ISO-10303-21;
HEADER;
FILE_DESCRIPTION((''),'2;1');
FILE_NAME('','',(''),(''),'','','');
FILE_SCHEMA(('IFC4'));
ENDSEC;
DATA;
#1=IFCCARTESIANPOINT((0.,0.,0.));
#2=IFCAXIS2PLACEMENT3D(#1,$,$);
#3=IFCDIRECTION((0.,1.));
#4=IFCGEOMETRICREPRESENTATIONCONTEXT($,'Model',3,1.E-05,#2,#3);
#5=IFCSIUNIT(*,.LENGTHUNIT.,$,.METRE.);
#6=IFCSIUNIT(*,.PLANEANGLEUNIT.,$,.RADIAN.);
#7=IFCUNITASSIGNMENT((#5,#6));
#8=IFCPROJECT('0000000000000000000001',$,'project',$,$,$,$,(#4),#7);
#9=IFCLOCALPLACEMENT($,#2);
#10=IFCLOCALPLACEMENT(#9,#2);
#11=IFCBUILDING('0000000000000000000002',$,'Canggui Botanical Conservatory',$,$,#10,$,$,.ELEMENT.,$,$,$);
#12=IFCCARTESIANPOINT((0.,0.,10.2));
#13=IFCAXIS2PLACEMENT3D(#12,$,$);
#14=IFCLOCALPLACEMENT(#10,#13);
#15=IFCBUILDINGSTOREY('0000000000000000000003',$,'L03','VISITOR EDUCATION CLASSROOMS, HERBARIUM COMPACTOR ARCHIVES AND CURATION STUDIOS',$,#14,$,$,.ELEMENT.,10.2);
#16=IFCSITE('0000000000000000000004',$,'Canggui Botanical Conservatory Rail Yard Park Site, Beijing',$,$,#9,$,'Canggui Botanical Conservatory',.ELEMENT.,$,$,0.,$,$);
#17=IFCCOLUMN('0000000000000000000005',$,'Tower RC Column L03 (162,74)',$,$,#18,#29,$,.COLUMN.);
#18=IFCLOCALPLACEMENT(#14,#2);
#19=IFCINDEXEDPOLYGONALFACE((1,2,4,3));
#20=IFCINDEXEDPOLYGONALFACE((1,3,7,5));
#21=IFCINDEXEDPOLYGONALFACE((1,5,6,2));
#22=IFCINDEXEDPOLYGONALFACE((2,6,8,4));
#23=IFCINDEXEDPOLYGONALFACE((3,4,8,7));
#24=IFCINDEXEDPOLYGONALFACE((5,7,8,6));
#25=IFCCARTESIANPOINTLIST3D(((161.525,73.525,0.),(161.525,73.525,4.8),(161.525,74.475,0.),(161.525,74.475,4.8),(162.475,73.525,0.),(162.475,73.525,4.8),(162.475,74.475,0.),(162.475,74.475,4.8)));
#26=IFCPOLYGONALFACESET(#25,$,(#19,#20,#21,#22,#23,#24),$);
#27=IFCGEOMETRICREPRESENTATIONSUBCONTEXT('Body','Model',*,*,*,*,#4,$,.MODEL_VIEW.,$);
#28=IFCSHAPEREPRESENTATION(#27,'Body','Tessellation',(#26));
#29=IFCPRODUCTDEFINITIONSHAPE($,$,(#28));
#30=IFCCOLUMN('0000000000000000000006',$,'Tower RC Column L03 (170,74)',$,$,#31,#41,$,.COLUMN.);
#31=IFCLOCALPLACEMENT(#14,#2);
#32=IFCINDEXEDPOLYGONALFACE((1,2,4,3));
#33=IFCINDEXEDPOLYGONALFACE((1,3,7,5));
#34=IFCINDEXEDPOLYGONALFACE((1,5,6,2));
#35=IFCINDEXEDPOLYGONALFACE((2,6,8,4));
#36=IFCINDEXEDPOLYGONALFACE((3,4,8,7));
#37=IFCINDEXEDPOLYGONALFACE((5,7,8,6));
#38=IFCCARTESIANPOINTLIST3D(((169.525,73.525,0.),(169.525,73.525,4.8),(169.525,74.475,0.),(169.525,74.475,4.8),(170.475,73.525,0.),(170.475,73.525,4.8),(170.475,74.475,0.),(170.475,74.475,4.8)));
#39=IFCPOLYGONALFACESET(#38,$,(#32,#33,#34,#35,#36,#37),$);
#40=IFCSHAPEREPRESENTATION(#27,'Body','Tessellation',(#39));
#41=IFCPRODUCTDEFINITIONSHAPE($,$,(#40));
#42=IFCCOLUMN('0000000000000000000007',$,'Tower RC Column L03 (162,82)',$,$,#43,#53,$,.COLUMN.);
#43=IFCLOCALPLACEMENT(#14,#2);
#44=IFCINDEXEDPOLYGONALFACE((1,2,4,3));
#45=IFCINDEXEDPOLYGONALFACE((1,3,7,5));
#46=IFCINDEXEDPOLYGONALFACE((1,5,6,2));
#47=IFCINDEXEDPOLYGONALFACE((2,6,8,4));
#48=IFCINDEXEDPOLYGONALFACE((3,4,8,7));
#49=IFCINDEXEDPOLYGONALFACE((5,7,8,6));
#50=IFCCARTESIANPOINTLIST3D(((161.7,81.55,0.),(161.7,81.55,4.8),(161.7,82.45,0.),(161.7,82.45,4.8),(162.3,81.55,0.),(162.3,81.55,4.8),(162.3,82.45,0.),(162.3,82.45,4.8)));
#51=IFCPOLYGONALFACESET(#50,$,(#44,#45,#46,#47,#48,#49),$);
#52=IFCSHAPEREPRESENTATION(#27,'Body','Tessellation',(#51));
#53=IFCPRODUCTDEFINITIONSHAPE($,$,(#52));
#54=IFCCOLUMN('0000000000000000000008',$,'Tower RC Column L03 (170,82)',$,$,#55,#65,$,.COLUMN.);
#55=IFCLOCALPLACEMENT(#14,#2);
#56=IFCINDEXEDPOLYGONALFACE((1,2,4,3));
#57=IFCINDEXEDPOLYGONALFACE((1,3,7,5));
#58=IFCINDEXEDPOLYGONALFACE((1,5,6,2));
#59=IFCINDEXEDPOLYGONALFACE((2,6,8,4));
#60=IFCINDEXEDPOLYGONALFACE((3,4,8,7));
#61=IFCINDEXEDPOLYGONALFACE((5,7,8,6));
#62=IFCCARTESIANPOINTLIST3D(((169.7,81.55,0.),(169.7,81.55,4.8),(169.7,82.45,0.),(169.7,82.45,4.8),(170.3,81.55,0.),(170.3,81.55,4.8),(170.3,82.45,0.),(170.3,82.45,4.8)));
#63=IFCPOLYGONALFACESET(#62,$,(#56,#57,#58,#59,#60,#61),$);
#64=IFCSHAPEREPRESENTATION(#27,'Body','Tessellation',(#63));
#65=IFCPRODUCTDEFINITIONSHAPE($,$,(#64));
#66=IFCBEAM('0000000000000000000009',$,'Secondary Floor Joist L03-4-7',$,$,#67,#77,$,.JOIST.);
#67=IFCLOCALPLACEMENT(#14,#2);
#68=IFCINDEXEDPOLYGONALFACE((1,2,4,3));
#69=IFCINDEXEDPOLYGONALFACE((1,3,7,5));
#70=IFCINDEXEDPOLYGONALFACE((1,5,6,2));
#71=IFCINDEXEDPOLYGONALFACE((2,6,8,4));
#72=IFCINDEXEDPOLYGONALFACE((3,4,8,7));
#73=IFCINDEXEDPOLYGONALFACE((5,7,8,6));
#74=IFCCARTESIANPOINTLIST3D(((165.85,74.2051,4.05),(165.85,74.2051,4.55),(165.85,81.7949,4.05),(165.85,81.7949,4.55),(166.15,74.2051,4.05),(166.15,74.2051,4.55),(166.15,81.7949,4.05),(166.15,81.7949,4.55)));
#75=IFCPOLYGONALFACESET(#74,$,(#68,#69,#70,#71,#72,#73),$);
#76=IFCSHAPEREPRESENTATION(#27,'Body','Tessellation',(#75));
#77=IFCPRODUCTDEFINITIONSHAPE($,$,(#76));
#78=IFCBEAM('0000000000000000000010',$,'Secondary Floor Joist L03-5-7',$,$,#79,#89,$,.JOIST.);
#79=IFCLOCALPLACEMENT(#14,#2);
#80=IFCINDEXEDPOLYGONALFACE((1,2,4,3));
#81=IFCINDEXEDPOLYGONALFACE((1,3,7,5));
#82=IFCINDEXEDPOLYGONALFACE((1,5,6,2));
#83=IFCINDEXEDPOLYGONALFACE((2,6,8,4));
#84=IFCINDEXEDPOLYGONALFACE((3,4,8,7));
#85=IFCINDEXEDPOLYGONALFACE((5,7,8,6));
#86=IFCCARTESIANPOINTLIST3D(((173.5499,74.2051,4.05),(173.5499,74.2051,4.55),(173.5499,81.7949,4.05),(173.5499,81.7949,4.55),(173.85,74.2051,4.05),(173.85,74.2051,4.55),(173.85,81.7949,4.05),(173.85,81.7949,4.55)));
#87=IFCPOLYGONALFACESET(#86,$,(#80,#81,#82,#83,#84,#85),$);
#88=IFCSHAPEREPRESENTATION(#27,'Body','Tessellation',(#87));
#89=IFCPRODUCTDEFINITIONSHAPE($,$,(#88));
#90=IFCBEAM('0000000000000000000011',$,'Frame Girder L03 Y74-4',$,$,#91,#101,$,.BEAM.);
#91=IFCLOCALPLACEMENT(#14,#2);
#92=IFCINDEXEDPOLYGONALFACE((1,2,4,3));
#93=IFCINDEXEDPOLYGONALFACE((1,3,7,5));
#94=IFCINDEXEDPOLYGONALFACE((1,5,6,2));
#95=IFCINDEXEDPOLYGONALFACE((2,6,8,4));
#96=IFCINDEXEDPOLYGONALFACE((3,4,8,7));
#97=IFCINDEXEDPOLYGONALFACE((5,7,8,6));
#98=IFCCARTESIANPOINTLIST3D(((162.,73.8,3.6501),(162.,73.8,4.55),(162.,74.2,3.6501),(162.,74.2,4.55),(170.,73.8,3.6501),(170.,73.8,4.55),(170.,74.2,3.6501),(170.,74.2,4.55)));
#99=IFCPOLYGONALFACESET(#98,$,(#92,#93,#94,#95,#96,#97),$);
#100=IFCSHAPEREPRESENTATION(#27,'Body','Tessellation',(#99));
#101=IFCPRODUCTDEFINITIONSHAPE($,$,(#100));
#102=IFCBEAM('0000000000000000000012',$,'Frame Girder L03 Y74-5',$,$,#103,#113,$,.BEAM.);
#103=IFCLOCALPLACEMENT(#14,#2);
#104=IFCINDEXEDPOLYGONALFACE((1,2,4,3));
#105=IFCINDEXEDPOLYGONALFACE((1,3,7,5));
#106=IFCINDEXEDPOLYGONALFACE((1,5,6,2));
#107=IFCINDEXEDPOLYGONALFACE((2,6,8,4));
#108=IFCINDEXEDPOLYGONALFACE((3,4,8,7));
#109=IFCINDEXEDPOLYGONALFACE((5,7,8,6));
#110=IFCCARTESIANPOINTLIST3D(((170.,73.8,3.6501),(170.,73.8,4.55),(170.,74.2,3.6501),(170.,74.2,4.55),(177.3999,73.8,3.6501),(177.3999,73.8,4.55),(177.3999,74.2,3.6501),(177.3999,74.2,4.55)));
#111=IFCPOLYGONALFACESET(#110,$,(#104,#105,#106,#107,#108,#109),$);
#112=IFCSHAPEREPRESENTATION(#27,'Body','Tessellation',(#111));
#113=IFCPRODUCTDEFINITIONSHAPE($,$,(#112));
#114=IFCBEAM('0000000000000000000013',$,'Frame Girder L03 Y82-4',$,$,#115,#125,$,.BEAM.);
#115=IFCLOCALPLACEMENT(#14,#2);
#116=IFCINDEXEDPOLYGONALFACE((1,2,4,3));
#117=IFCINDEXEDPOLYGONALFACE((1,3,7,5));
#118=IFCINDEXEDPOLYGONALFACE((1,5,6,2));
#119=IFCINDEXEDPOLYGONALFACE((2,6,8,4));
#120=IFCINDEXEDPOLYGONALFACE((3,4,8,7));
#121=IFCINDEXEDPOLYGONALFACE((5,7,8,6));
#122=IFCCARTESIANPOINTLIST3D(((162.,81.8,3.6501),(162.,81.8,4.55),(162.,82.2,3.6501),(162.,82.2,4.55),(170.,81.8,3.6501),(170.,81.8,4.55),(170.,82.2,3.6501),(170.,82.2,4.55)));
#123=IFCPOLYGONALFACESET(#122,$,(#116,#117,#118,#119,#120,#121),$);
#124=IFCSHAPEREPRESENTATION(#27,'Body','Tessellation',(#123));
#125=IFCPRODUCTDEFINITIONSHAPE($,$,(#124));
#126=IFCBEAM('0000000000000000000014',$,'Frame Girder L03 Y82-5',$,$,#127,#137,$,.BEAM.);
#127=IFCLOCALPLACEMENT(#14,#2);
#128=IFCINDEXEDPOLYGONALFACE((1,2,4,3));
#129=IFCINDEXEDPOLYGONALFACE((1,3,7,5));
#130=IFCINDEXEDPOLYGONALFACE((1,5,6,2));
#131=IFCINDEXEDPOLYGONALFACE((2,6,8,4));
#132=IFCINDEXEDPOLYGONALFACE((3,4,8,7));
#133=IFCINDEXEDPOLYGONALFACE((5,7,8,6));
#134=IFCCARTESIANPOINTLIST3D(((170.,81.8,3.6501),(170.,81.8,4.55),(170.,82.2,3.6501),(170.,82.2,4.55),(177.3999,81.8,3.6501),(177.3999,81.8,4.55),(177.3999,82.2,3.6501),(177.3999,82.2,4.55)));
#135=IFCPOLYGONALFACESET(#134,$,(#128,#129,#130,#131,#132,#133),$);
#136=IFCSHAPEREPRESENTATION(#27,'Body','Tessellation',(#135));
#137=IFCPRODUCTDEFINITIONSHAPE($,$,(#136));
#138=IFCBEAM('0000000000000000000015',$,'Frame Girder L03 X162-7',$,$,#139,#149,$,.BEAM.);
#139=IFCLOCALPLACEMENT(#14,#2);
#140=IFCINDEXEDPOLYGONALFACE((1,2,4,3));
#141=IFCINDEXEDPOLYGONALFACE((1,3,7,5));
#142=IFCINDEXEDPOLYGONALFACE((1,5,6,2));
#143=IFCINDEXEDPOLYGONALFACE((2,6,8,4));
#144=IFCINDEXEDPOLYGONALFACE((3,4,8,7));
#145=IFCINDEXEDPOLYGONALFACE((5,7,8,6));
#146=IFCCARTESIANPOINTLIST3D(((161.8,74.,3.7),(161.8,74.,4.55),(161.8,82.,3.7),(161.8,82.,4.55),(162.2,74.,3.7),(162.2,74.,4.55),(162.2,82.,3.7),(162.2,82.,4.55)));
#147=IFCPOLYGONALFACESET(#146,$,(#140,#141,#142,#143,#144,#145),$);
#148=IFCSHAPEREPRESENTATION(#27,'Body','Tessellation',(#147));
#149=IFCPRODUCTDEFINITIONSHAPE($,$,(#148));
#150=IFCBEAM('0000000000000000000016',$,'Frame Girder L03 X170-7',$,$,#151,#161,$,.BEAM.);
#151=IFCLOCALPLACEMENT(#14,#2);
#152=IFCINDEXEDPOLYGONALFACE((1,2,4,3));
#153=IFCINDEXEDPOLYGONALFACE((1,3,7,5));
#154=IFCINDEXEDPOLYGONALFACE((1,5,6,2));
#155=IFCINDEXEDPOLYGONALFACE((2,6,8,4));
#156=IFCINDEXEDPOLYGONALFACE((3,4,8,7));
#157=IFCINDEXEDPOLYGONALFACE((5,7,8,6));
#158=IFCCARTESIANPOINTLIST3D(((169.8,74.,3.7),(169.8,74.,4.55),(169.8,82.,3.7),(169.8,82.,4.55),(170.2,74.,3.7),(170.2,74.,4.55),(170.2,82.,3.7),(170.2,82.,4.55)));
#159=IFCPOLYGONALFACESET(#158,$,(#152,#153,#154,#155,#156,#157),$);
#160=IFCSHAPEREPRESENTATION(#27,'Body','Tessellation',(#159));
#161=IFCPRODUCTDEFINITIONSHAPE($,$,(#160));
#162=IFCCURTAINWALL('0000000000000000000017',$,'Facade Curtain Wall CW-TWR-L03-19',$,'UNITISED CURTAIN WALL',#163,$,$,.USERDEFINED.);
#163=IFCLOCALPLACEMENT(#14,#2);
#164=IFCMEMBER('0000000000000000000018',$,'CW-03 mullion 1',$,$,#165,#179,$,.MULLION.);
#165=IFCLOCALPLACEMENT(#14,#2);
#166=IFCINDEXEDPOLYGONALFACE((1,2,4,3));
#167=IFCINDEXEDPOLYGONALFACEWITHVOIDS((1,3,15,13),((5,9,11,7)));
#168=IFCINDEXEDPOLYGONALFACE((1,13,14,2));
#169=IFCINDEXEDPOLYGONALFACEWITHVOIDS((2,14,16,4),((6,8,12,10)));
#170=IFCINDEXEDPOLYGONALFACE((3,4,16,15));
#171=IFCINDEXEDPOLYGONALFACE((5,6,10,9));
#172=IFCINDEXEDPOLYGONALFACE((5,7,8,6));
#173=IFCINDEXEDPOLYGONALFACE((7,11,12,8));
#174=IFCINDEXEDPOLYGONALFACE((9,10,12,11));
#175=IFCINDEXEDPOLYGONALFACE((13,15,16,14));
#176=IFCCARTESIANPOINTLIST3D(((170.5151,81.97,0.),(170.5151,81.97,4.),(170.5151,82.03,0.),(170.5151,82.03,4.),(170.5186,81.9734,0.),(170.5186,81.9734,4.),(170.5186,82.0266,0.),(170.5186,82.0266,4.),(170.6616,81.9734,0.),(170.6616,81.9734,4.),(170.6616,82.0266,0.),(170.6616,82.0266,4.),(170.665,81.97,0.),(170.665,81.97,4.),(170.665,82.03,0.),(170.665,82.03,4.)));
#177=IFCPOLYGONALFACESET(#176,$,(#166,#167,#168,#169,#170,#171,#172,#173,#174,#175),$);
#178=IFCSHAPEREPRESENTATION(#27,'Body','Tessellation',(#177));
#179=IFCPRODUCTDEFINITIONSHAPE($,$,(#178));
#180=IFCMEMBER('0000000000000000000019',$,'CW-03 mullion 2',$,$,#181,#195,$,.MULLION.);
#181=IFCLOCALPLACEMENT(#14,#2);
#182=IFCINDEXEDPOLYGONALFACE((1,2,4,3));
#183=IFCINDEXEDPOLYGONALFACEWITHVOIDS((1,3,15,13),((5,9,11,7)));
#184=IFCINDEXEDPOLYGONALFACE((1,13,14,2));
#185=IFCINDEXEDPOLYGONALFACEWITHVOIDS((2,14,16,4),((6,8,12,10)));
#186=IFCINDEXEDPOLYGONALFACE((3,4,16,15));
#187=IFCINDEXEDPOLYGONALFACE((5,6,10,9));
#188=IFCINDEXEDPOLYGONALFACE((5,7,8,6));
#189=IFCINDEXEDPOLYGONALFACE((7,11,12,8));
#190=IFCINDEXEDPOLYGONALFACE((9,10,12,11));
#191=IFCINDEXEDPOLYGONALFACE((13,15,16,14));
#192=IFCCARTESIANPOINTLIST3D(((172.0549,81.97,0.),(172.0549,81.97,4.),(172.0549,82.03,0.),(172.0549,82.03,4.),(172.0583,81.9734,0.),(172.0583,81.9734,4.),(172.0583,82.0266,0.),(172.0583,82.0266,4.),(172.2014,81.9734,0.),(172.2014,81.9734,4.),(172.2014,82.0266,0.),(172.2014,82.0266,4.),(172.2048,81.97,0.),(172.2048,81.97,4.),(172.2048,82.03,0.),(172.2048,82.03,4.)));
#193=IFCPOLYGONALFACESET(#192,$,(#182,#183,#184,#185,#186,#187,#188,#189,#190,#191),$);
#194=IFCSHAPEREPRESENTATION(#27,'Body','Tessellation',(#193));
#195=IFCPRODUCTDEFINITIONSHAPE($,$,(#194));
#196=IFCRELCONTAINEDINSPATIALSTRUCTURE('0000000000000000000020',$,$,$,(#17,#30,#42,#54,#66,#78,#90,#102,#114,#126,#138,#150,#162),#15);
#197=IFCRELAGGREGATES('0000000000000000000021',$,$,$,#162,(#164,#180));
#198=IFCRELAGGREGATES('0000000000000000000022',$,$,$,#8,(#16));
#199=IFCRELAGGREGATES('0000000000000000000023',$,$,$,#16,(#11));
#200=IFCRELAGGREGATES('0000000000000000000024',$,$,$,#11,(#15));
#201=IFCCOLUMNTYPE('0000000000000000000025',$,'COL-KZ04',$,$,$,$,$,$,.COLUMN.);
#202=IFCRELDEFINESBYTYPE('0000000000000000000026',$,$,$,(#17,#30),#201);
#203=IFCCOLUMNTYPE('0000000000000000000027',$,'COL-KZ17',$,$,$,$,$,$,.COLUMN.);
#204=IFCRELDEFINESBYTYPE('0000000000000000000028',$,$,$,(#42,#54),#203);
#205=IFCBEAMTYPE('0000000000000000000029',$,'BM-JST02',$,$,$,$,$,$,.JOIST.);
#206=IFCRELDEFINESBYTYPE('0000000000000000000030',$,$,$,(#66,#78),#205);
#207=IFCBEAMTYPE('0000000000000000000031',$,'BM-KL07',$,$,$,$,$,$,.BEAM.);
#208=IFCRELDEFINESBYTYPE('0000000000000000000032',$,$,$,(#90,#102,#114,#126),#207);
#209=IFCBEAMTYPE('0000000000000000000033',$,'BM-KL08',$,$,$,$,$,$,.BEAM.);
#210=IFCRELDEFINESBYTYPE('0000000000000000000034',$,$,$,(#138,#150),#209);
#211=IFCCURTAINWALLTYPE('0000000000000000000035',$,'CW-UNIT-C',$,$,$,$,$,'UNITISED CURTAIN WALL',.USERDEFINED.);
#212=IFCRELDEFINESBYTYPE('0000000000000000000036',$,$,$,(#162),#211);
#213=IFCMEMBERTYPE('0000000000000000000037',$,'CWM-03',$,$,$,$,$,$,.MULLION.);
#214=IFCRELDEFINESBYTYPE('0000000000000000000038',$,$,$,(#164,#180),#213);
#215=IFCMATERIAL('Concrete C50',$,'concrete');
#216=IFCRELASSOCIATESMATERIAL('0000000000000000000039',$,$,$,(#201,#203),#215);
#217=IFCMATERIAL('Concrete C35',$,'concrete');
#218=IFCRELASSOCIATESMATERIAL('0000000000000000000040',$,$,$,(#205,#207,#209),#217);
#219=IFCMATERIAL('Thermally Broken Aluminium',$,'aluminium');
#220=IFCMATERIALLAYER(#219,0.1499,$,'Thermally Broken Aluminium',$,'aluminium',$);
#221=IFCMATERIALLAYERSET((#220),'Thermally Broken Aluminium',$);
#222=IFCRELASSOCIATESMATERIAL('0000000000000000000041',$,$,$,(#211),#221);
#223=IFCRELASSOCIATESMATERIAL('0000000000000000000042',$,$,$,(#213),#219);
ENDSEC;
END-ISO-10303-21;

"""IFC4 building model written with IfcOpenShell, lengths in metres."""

from ifc_helpers import new_model, si_unit, direction, frame, origin, origin_2d, place, context, subcontext, project, spatial, rectangle, hollow_rectangle, extrude, material, layer, layer_set, material_profile, profile_set, type_object, element, aggregate, save


model = new_model("IFC4")

# Units and contexts
model_context = context("Model", 3, precision=1e-05, world=origin(), true_north=direction((0.0, 1.0)))
body_context = subcontext(model_context, "Body", "Model", "MODEL_VIEW")
ifc_project = project(units=[si_unit("LENGTHUNIT", "METRE"), si_unit("PLANEANGLEUNIT", "RADIAN")], contexts=[model_context])

# Site, building, storey
site_placement = place(None, origin())
site = spatial("IfcSite", under=ifc_project, at=site_placement, Name="Canggui Botanical Conservatory Rail Yard Park Site, Beijing", LongName="Canggui Botanical Conservatory", CompositionType="ELEMENT", RefElevation=0.0)
building_placement = place(site_placement, origin())
building = spatial("IfcBuilding", under=site, at=building_placement, Name="Canggui Botanical Conservatory", CompositionType="ELEMENT")
storey_placement = place(building_placement, frame((0.0, 0.0, 10.2)))
storey = spatial("IfcBuildingStorey", under=building, at=storey_placement, Name="L03", Description="VISITOR EDUCATION CLASSROOMS, HERBARIUM COMPACTOR ARCHIVES AND CURATION STUDIOS", CompositionType="ELEMENT", Elevation=10.2)

# Columns
ifc_material_1 = material(Name="Concrete C50", Category="concrete")
ifc_material_profile_1 = material_profile(ifc_material_1, rectangle(XDim=0.95, YDim=0.95, at=origin_2d()), Name="RC 950x950")
ifc_profile_set_1 = profile_set([ifc_material_profile_1], Name="Concrete C50")
column_type_1 = type_object("IfcColumnType", Name="COL-KZ04", PredefinedType="COLUMN", material=ifc_profile_set_1)
for number, where, z_axis, x_axis, name in (
    (1, (162.0, 74.0, 0.0), (0.0, 0.0, 1.0), (1.0, 0.0, 0.0), "Tower RC Column L03 (162,74)"),
    (2, (170.0, 74.0, 0.0), (0.0, 0.0, 1.0), (1.0, 0.0, 0.0), "Tower RC Column L03 (170,74)"),
):
    element("IfcColumn", number, at=place(storey_placement, frame(where, z_axis=z_axis, x_axis=x_axis)), inside=storey, type_object=column_type_1, Name=name, PredefinedType="COLUMN", context=body_context, shape_type="SweptSolid", body=[
        extrude(rectangle(XDim=0.95, YDim=0.95, at=origin_2d()), origin(), (0.0, 0.0, 1.0), 4.8),
    ])
ifc_material_profile_2 = material_profile(ifc_material_1, rectangle(XDim=0.6001, YDim=0.8999, at=origin_2d()), Name="RC 600x900")
ifc_profile_set_2 = profile_set([ifc_material_profile_2], Name="Concrete C50")
column_type_2 = type_object("IfcColumnType", Name="COL-KZ17", PredefinedType="COLUMN", material=ifc_profile_set_2)
for number, where, z_axis, x_axis, name in (
    (3, (162.0, 82.0, 0.0), (0.0, 0.0, 1.0), (1.0, 0.0, 0.0), "Tower RC Column L03 (162,82)"),
    (4, (170.0, 82.0, 0.0), (0.0, 0.0, 1.0), (1.0, 0.0, 0.0), "Tower RC Column L03 (170,82)"),
):
    element("IfcColumn", number, at=place(storey_placement, frame(where, z_axis=z_axis, x_axis=x_axis)), inside=storey, type_object=column_type_2, Name=name, PredefinedType="COLUMN", context=body_context, shape_type="SweptSolid", body=[
        extrude(rectangle(XDim=0.6001, YDim=0.8999, at=origin_2d()), origin(), (0.0, 0.0, 1.0), 4.8),
    ])

# Beams
ifc_material_2 = material(Name="Concrete C35", Category="concrete")
ifc_material_profile_3 = material_profile(ifc_material_2, rectangle(XDim=0.3, YDim=0.5, at=origin_2d()), Name="RB 300x500")
ifc_profile_set_3 = profile_set([ifc_material_profile_3], Name="Concrete C35")
beam_type_1 = type_object("IfcBeamType", Name="BM-JST02", PredefinedType="JOIST", material=ifc_profile_set_3)
for number, where, z_axis, x_axis, name in (
    (5, (166.0, 74.2051, 4.3), (0.0, 1.0, 0.0), (-1.0, 0.0, 0.0), "Secondary Floor Joist L03-4-7"),
    (6, (173.7, 74.2051, 4.3), (0.0, 1.0, 0.0), (-1.0, 0.0, 0.0), "Secondary Floor Joist L03-5-7"),
):
    element("IfcBeam", number, at=place(storey_placement, frame(where, z_axis=z_axis, x_axis=x_axis)), inside=storey, type_object=beam_type_1, Name=name, PredefinedType="JOIST", context=body_context, shape_type="SweptSolid", body=[
        extrude(rectangle(XDim=0.3, YDim=0.5, at=origin_2d()), origin(), (0.0, 0.0, 1.0), 7.5898),
    ])
ifc_material_profile_4 = material_profile(ifc_material_2, rectangle(XDim=0.3999, YDim=0.8999, at=origin_2d()), Name="RB 400x900")
ifc_profile_set_4 = profile_set([ifc_material_profile_4], Name="Concrete C35")
beam_type_2 = type_object("IfcBeamType", Name="BM-KL07", PredefinedType="BEAM", material=ifc_profile_set_4)
beam_1_placement = place(storey_placement, frame((162.0, 74.0, 4.1001), z_axis=(1.0, 0.0, 0.0), x_axis=(0.0, 1.0, 0.0)))
element("IfcBeam", 7, at=beam_1_placement, inside=storey, type_object=beam_type_2, Name="Frame Girder L03 Y74-4", PredefinedType="BEAM", context=body_context, shape_type="SweptSolid", body=[
    extrude(rectangle(XDim=0.3999, YDim=0.8999, at=origin_2d()), origin(), (0.0, 0.0, 1.0), 8.0),
])
beam_2_placement = place(storey_placement, frame((170.0, 74.0, 4.1001), z_axis=(1.0, 0.0, 0.0), x_axis=(0.0, 1.0, 0.0)))
element("IfcBeam", 8, at=beam_2_placement, inside=storey, type_object=beam_type_2, Name="Frame Girder L03 Y74-5", PredefinedType="BEAM", context=body_context, shape_type="SweptSolid", body=[
    extrude(rectangle(XDim=0.3999, YDim=0.8999, at=origin_2d()), origin(), (0.0, 0.0, 1.0), 7.3999),
])
beam_3_placement = place(storey_placement, frame((162.0, 82.0, 4.1001), z_axis=(1.0, 0.0, 0.0), x_axis=(0.0, 1.0, 0.0)))
element("IfcBeam", 9, at=beam_3_placement, inside=storey, type_object=beam_type_2, Name="Frame Girder L03 Y82-4", PredefinedType="BEAM", context=body_context, shape_type="SweptSolid", body=[
    extrude(rectangle(XDim=0.3999, YDim=0.8999, at=origin_2d()), origin(), (0.0, 0.0, 1.0), 8.0),
])
beam_4_placement = place(storey_placement, frame((170.0, 82.0, 4.1001), z_axis=(1.0, 0.0, 0.0), x_axis=(0.0, 1.0, 0.0)))
element("IfcBeam", 10, at=beam_4_placement, inside=storey, type_object=beam_type_2, Name="Frame Girder L03 Y82-5", PredefinedType="BEAM", context=body_context, shape_type="SweptSolid", body=[
    extrude(rectangle(XDim=0.3999, YDim=0.8999, at=origin_2d()), origin(), (0.0, 0.0, 1.0), 7.3999),
])
ifc_material_profile_5 = material_profile(ifc_material_2, rectangle(XDim=0.3999, YDim=0.8501, at=origin_2d()), Name="RB 400x850")
ifc_profile_set_5 = profile_set([ifc_material_profile_5], Name="Concrete C35")
beam_type_3 = type_object("IfcBeamType", Name="BM-KL08", PredefinedType="BEAM", material=ifc_profile_set_5)
for number, where, z_axis, x_axis, name in (
    (11, (162.0, 74.0, 4.125), (0.0, 1.0, 0.0), (-1.0, 0.0, 0.0), "Frame Girder L03 X162-7"),
    (12, (170.0, 74.0, 4.125), (0.0, 1.0, 0.0), (-1.0, 0.0, 0.0), "Frame Girder L03 X170-7"),
):
    element("IfcBeam", number, at=place(storey_placement, frame(where, z_axis=z_axis, x_axis=x_axis)), inside=storey, type_object=beam_type_3, Name=name, PredefinedType="BEAM", context=body_context, shape_type="SweptSolid", body=[
        extrude(rectangle(XDim=0.3999, YDim=0.8501, at=origin_2d()), origin(), (0.0, 0.0, 1.0), 8.0),
    ])

# Curtain wall, members
ifc_material_3 = material(Name="Thermally Broken Aluminium", Category="aluminium")
ifc_layer_1 = layer(ifc_material_3, 0.1499, Name="Thermally Broken Aluminium", Category="aluminium")
ifc_layer_set_1 = layer_set([ifc_layer_1], Name="Thermally Broken Aluminium")
curtain_wall_type = type_object("IfcCurtainWallType", Name="CW-UNIT-C", ElementType="UNITISED CURTAIN WALL", PredefinedType="USERDEFINED", material=ifc_layer_set_1)
curtain_wall_placement = place(storey_placement, origin())
curtain_wall = element("IfcCurtainWall", 13, at=curtain_wall_placement, inside=storey, type_object=curtain_wall_type, Name="Facade Curtain Wall CW-TWR-L03-19", ObjectType="UNITISED CURTAIN WALL", PredefinedType="USERDEFINED")
ifc_material_profile_6 = material_profile(ifc_material_3, hollow_rectangle(XDim=0.0601, YDim=0.1499, WallThickness=0.0034, at=origin_2d()), Name="CWM 60x150x3.5")
ifc_profile_set_6 = profile_set([ifc_material_profile_6], Name="Thermally Broken Aluminium")
member_type_1 = type_object("IfcMemberType", Name="CWM-03", PredefinedType="MULLION", material=ifc_profile_set_6)
member_1_placement = place(storey_placement, frame((170.5901, 82.0, 0.0), z_axis=(0.0, 0.0, 1.0), x_axis=(0.0, 1.0, 0.0)))
member_1 = element("IfcMember", 14, at=member_1_placement, type_object=member_type_1, Name="CW-03 mullion 1", PredefinedType="MULLION", context=body_context, shape_type="SweptSolid", body=[
    extrude(hollow_rectangle(XDim=0.0601, YDim=0.1499, WallThickness=0.0034, at=origin_2d()), origin(), (0.0, 0.0, 1.0), 4.0),
])
member_2_placement = place(storey_placement, frame((172.1299, 82.0, 0.0), z_axis=(0.0, 0.0, 1.0), x_axis=(0.0, 1.0, 0.0)))
member_2 = element("IfcMember", 15, at=member_2_placement, type_object=member_type_1, Name="CW-03 mullion 2", PredefinedType="MULLION", context=body_context, shape_type="SweptSolid", body=[
    extrude(hollow_rectangle(XDim=0.0601, YDim=0.1499, WallThickness=0.0034, at=origin_2d()), origin(), (0.0, 0.0, 1.0), 4.0),
])
aggregate(curtain_wall, [member_1, member_2])

save(model, "model.ifc")
